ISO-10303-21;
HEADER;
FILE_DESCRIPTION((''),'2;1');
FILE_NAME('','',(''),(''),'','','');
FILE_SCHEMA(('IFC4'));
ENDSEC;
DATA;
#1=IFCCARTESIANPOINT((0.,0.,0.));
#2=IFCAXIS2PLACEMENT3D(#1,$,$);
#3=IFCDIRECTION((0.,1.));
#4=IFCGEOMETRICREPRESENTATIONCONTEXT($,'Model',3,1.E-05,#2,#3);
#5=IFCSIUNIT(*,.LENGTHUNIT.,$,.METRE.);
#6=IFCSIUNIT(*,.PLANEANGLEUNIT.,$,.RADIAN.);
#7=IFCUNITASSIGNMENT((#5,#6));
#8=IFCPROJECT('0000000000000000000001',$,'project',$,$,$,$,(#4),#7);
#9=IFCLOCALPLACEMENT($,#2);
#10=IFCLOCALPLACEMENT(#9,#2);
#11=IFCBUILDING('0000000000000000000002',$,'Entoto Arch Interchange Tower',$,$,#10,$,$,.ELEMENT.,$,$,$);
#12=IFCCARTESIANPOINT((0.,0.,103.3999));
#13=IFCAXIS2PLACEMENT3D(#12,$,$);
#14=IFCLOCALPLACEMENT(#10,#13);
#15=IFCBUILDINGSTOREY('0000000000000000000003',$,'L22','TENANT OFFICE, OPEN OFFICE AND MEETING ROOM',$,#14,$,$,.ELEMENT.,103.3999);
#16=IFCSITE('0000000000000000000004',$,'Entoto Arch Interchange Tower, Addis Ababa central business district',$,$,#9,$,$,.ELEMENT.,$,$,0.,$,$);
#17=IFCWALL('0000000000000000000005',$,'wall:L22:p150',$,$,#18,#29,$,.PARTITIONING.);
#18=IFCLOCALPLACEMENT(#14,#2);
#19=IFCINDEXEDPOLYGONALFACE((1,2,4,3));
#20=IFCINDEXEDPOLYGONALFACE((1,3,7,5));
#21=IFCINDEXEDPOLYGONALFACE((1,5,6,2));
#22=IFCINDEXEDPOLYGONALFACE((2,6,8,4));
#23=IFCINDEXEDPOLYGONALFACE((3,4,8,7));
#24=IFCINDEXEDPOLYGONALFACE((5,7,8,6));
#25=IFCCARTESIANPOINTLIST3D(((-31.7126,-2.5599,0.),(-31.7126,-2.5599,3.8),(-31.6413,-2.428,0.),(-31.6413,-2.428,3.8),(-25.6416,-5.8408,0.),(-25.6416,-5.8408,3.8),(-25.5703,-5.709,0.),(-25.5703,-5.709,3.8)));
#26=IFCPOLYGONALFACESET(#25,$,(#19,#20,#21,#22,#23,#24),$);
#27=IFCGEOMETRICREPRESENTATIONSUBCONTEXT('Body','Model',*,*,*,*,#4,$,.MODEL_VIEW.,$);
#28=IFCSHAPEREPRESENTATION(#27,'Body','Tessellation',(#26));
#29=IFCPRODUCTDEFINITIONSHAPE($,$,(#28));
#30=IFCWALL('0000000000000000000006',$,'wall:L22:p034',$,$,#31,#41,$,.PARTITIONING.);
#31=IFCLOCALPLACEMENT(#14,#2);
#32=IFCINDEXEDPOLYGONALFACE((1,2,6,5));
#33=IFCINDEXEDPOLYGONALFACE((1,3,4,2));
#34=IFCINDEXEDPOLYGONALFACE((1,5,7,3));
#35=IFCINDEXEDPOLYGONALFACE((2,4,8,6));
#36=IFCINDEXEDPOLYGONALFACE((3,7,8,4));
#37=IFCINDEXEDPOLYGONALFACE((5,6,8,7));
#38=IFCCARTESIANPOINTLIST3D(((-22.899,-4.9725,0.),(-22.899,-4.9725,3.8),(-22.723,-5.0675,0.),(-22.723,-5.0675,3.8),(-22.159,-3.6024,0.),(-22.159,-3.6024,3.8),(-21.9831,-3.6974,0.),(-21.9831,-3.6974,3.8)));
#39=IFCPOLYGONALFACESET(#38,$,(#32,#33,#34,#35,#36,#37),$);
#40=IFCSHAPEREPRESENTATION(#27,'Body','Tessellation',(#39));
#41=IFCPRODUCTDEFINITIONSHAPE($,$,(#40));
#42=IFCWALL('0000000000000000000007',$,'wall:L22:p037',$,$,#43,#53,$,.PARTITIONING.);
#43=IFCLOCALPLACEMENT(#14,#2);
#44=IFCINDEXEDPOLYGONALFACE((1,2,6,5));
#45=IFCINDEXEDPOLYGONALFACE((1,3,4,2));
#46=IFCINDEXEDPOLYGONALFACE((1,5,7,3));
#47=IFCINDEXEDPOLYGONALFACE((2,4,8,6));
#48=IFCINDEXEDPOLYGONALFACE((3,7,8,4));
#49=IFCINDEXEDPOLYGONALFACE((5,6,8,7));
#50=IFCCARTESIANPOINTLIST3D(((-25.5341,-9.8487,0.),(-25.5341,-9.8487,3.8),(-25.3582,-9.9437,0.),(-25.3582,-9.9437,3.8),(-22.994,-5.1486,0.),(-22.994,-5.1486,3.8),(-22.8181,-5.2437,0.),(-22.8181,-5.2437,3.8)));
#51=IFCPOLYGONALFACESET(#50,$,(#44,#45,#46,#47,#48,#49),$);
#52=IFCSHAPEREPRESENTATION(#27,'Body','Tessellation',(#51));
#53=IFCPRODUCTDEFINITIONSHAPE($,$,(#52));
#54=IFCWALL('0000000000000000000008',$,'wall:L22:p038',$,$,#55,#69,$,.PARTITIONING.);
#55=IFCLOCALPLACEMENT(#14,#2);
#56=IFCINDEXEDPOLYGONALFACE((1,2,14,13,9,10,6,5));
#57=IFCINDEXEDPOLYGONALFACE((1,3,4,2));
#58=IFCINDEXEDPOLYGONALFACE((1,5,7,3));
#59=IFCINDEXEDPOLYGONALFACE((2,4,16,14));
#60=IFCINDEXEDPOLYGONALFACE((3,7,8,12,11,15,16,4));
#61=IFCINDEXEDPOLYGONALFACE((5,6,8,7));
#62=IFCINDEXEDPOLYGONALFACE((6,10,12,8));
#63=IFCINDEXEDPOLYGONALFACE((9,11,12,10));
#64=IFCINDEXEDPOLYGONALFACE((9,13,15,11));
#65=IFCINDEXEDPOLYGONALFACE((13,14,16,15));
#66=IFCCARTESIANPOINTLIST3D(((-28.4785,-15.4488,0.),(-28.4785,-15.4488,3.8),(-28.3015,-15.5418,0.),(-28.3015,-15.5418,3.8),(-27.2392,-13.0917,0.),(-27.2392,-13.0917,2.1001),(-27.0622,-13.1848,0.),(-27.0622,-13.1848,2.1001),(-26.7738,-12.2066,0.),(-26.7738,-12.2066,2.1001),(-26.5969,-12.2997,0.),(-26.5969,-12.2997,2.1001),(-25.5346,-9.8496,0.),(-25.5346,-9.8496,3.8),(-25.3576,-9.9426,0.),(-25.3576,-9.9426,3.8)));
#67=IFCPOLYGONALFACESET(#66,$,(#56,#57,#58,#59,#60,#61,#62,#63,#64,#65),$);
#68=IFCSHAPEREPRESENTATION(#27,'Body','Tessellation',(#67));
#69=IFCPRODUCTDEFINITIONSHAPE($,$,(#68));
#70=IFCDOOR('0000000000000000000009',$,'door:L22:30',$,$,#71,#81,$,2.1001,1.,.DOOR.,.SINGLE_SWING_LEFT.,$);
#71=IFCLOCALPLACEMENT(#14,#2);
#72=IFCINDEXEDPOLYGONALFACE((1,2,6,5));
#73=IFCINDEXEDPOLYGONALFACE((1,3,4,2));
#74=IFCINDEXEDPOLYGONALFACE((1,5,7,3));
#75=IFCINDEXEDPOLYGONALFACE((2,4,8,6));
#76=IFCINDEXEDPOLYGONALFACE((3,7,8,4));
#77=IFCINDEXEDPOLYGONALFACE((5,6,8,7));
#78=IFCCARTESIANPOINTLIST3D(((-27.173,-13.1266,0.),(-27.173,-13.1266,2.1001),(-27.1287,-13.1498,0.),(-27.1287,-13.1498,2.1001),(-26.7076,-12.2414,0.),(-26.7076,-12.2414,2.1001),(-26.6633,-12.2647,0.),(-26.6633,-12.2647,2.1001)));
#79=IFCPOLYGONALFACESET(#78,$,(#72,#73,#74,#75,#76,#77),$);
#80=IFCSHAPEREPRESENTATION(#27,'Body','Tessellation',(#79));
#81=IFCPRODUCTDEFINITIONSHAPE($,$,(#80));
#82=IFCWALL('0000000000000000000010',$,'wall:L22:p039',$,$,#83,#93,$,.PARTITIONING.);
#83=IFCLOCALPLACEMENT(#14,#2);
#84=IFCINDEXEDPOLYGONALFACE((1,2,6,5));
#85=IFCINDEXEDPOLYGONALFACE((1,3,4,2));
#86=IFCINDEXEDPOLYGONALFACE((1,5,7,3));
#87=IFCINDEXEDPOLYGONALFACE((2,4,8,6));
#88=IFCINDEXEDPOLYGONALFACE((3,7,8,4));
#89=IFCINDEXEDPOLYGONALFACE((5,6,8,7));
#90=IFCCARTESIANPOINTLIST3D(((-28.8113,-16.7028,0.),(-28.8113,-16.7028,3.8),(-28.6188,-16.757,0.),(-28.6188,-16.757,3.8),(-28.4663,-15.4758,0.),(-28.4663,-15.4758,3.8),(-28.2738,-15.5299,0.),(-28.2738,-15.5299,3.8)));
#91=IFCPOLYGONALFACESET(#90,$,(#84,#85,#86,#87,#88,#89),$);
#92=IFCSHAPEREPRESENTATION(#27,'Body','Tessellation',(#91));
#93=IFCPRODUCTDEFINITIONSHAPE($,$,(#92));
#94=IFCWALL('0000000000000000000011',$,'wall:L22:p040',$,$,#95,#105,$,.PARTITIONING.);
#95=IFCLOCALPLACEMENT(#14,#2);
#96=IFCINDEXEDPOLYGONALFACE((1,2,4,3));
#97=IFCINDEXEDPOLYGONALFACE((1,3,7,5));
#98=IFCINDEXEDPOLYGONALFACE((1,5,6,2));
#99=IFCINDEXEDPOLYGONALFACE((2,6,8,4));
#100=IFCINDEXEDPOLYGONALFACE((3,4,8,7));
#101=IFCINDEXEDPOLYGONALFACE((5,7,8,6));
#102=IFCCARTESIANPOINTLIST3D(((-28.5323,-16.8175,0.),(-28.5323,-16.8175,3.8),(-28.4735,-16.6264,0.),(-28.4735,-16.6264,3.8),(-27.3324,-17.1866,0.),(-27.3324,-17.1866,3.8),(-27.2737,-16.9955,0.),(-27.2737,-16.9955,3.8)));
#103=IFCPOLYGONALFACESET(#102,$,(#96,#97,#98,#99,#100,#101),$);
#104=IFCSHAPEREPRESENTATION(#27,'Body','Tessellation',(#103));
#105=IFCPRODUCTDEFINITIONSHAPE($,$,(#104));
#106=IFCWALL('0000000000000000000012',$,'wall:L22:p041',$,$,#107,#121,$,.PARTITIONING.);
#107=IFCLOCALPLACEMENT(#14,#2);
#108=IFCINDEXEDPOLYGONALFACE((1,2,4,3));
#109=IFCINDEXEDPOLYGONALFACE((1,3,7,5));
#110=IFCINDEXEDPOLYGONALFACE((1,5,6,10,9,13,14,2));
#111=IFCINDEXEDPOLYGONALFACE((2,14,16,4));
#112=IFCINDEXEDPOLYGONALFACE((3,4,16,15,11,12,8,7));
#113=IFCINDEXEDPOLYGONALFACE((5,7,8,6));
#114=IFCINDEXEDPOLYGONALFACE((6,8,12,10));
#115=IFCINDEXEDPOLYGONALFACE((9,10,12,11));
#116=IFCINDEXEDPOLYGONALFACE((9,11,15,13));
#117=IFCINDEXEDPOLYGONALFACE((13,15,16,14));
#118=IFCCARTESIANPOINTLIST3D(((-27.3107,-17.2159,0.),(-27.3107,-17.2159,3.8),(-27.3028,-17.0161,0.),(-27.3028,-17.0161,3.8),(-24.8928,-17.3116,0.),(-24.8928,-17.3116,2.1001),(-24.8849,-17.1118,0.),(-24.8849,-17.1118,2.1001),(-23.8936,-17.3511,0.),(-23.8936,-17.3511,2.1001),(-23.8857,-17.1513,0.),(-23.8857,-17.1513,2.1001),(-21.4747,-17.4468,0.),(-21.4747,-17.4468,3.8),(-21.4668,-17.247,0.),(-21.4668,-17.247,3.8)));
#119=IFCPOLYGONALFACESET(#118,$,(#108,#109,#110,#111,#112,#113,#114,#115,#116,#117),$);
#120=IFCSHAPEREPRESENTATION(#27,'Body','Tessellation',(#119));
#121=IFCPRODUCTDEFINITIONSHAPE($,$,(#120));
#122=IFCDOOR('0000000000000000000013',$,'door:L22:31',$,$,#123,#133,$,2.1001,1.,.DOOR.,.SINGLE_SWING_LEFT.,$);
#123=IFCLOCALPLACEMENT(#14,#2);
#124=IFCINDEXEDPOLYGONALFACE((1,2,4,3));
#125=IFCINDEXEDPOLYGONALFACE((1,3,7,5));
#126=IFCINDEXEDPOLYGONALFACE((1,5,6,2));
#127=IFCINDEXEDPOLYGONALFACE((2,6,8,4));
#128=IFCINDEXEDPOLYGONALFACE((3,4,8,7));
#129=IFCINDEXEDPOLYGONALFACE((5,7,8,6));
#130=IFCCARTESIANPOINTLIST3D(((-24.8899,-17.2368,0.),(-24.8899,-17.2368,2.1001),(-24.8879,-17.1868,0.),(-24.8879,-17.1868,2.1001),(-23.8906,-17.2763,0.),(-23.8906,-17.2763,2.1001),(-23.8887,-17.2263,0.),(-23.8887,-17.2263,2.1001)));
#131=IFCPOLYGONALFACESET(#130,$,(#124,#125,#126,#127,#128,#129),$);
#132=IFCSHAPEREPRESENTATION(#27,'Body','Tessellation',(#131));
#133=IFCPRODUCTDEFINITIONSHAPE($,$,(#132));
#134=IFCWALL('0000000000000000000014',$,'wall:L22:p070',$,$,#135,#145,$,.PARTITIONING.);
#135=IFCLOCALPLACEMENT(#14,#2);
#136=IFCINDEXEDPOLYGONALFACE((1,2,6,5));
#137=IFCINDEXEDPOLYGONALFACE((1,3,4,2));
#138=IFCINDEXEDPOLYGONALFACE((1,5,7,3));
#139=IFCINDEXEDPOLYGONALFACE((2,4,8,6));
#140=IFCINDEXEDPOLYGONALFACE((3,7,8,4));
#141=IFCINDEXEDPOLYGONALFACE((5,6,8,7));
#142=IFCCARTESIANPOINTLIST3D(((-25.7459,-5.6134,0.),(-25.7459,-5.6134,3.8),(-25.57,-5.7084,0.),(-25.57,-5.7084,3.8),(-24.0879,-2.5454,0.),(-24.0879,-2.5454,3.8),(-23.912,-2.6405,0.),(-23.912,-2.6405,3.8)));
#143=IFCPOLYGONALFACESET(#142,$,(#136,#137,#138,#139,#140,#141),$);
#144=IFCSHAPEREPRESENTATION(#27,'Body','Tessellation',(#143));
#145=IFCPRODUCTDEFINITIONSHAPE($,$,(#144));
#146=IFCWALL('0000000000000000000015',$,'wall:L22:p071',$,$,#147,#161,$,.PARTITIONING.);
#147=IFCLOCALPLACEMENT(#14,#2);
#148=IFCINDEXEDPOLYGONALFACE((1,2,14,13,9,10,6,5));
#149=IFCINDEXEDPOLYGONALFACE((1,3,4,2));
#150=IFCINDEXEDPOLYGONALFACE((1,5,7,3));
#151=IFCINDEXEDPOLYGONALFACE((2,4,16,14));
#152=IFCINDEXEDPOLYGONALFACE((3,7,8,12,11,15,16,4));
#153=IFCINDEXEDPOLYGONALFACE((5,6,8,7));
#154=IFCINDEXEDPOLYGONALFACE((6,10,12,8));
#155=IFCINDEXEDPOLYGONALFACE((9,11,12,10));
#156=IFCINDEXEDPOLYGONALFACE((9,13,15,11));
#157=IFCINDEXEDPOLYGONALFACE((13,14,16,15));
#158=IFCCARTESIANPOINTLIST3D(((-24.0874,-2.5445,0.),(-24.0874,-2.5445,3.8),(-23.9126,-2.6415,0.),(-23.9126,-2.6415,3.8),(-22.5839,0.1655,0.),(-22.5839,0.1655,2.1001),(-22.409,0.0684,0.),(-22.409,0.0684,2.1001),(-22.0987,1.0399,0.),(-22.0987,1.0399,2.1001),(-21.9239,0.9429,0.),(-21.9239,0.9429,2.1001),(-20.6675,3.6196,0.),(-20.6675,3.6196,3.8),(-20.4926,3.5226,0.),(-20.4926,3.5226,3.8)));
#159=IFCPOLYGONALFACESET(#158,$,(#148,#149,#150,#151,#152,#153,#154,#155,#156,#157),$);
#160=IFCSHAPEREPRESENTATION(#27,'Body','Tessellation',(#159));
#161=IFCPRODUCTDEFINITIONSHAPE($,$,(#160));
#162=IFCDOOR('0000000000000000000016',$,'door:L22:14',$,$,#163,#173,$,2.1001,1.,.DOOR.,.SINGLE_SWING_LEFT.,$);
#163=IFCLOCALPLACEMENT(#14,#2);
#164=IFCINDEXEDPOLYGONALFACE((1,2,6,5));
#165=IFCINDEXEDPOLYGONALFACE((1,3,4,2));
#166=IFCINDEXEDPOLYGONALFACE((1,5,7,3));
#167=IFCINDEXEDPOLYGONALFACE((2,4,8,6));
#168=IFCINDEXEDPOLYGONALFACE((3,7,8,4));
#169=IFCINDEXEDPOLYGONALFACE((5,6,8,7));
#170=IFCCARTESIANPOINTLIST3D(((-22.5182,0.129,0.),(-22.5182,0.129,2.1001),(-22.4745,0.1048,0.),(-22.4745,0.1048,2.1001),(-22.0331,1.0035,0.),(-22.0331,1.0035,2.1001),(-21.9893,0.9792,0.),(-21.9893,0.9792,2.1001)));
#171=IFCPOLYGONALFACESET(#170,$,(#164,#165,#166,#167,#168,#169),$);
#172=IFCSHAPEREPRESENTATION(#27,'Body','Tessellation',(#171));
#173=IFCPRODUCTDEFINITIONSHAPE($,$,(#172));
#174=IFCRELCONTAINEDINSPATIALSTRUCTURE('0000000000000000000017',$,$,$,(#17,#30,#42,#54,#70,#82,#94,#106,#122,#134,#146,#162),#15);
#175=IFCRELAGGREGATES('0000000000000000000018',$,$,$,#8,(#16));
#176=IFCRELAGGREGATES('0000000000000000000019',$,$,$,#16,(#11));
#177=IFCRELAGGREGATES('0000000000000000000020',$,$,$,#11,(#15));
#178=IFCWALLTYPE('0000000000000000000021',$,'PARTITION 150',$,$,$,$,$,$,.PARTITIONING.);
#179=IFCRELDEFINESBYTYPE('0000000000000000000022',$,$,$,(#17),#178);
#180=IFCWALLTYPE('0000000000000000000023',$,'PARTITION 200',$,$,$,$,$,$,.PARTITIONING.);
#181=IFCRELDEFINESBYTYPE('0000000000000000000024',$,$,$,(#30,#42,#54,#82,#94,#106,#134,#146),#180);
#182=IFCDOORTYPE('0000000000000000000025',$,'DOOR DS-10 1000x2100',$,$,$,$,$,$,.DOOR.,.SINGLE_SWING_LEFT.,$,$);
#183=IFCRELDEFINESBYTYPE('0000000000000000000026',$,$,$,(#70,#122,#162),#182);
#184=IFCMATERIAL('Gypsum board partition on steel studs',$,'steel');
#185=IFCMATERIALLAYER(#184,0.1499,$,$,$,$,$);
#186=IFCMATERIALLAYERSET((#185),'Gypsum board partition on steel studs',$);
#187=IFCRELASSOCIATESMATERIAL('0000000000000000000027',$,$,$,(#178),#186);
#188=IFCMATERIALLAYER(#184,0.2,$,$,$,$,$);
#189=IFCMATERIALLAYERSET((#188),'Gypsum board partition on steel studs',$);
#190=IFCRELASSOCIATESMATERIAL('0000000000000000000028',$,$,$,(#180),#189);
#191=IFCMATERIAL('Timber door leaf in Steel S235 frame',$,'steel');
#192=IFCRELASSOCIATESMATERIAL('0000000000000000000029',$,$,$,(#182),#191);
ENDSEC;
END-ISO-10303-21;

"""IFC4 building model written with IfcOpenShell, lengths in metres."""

from ifc_helpers import new_model, si_unit, direction, frame, frame_2d, origin, place, context, subcontext, project, spatial, rectangle, extrude, material, layer, layer_set, type_object, element, fill, save


model = new_model("IFC4")

# Units and contexts
model_context = context("Model", 3, precision=1e-05, world=origin(), true_north=direction((0.0, 1.0)))
body_context = subcontext(model_context, "Body", "Model", "MODEL_VIEW")
ifc_project = project(units=[si_unit("LENGTHUNIT", "METRE"), si_unit("PLANEANGLEUNIT", "RADIAN")], contexts=[model_context])

# Site, building, storey
site_placement = place(None, origin())
site = spatial("IfcSite", under=ifc_project, at=site_placement, Name="Entoto Arch Interchange Tower, Addis Ababa central business district", CompositionType="ELEMENT", RefElevation=0.0)
building_placement = place(site_placement, origin())
building = spatial("IfcBuilding", under=site, at=building_placement, Name="Entoto Arch Interchange Tower", CompositionType="ELEMENT")
storey_placement = place(building_placement, frame((0.0, 0.0, 103.3999)))
storey = spatial("IfcBuildingStorey", under=building, at=storey_placement, Name="L22", Description="TENANT OFFICE, OPEN OFFICE AND MEETING ROOM", CompositionType="ELEMENT", Elevation=103.3999)

# Walls
ifc_material_1 = material(Name="Gypsum board partition on steel studs", Category="steel")
ifc_layer_1 = layer(ifc_material_1, 0.1499)
ifc_layer_set_1 = layer_set([ifc_layer_1], Name="Gypsum board partition on steel studs")
wall_type_1 = type_object("IfcWallType", Name="PARTITION 150", PredefinedType="PARTITIONING", material=ifc_layer_set_1)
wall_1_placement = place(storey_placement, frame((-25.606, -5.7749, 0.0), z_axis=(0.0, 0.0, 1.0), x_axis=(-0.879745, 0.475445, 0.0)))
element("IfcWall", 1, at=wall_1_placement, inside=storey, type_object=wall_type_1, Name="wall:L22:p150", PredefinedType="PARTITIONING", context=body_context, shape_type="SweptSolid", body=[
    extrude(rectangle(XDim=6.9009, YDim=0.1499, at=frame_2d((3.4504, 0.0))), origin(), (0.0, 0.0, 1.0), 3.8),
])
ifc_layer_2 = layer(ifc_material_1, 0.2)
ifc_layer_set_2 = layer_set([ifc_layer_2], Name="Gypsum board partition on steel studs")
wall_type_2 = type_object("IfcWallType", Name="PARTITION 200", PredefinedType="PARTITIONING", material=ifc_layer_set_2)
wall_2_placement = place(storey_placement, frame((-22.071, -3.6499, 0.0), z_axis=(0.0, 0.0, 1.0), x_axis=(-0.475212, -0.879871, 0.0)))
element("IfcWall", 2, at=wall_2_placement, inside=storey, type_object=wall_type_2, Name="wall:L22:p034", PredefinedType="PARTITIONING", context=body_context, shape_type="SweptSolid", body=[
    extrude(rectangle(XDim=1.5571, YDim=0.2, at=frame_2d((0.7786, 0.0))), origin(), (0.0, 0.0, 1.0), 3.8),
])
wall_3_placement = place(storey_placement, frame((-22.906, -5.196, 0.0), z_axis=(0.0, 0.0, 1.0), x_axis=(-0.475448, -0.879744, 0.0)))
element("IfcWall", 3, at=wall_3_placement, inside=storey, type_object=wall_type_2, Name="wall:L22:p037", PredefinedType="PARTITIONING", context=body_context, shape_type="SweptSolid", body=[
    extrude(rectangle(XDim=5.3425, YDim=0.2, at=frame_2d((2.6714, 0.0))), origin(), (0.0, 0.0, 1.0), 3.8),
])

# Wall, opening, door
wall_4_placement = place(storey_placement, frame((-25.446, -9.896, 0.0), z_axis=(0.0, 0.0, 1.0), x_axis=(-0.465368, -0.885117, 0.0)))
wall_4 = element("IfcWall", 4, at=wall_4_placement, inside=storey, type_object=wall_type_2, Name="wall:L22:p038", PredefinedType="PARTITIONING", context=body_context, shape_type="SweptSolid", body=[
    extrude(rectangle(XDim=6.3259, YDim=0.2, at=frame_2d((3.1631, 0.0))), origin(), (0.0, 0.0, 1.0), 3.8),
])
opening_1_placement = place(wall_4_placement, frame((2.6631, 0.0, 0.0)))
opening_1 = element("IfcOpeningElement", 5, at=opening_1_placement, cuts=wall_4, PredefinedType="OPENING", context=body_context, shape_type="SweptSolid", body=[
    extrude(rectangle(XDim=1.0, YDim=2.1001, at=frame_2d((0.5, 1.05))), frame((0.0, 0.1099, 0.0), z_axis=(0.0, -1.0, 0.0), x_axis=(1.0, 0.0, 0.0)), (0.0, 0.0, 1.0), 0.22),
])
ifc_material_2 = material(Name="Timber door leaf in Steel S235 frame", Category="steel")
door_type = type_object("IfcDoorType", Name="DOOR DS-10 1000x2100", OperationType="SINGLE_SWING_LEFT", PredefinedType="DOOR", material=ifc_material_2)
door_1_placement = place(opening_1_placement, origin())
door_1 = element("IfcDoor", 6, at=door_1_placement, inside=storey, type_object=door_type, Name="door:L22:30", OperationType="SINGLE_SWING_LEFT", OverallHeight=2.1001, OverallWidth=1.0, PredefinedType="DOOR", context=body_context, shape_type="SweptSolid", body=[
    extrude(rectangle(XDim=1.0, YDim=2.1001, at=frame_2d((0.5, 1.05))), frame((0.0, 0.0249, 0.0), z_axis=(0.0, -1.0, 0.0), x_axis=(1.0, 0.0, 0.0)), (0.0, 0.0, 1.0), 0.05),
])
fill(opening_1, door_1)

# Walls
wall_5_placement = place(storey_placement, frame((-28.3701, -15.5029, 0.0), z_axis=(0.0, 0.0, 1.0), x_axis=(-0.270646, -0.962679, 0.0)))
element("IfcWall", 7, at=wall_5_placement, inside=storey, type_object=wall_type_2, Name="wall:L22:p039", PredefinedType="PARTITIONING", context=body_context, shape_type="SweptSolid", body=[
    extrude(rectangle(XDim=1.2747, YDim=0.2, at=frame_2d((0.6372, 0.0))), origin(), (0.0, 0.0, 1.0), 3.8),
])
wall_6_placement = place(storey_placement, frame((-28.5029, -16.7219, 0.0), z_axis=(0.0, 0.0, 1.0), x_axis=(0.955796, -0.294031, 0.0)))
element("IfcWall", 8, at=wall_6_placement, inside=storey, type_object=wall_type_2, Name="wall:L22:p040", PredefinedType="PARTITIONING", context=body_context, shape_type="SweptSolid", body=[
    extrude(rectangle(XDim=1.2554, YDim=0.2, at=frame_2d((0.6277, 0.0))), origin(), (0.0, 0.0, 1.0), 3.8),
])

# Wall, opening, door
wall_7_placement = place(storey_placement, frame((-27.3069, -17.116, 0.0), z_axis=(0.0, 0.0, 1.0), x_axis=(0.999218, -0.039544, 0.0)))
wall_7 = element("IfcWall", 9, at=wall_7_placement, inside=storey, type_object=wall_type_2, Name="wall:L22:p041", PredefinedType="PARTITIONING", context=body_context, shape_type="SweptSolid", body=[
    extrude(rectangle(XDim=5.8406, YDim=0.2, at=frame_2d((2.9204, 0.0))), origin(), (0.0, 0.0, 1.0), 3.8),
])
opening_2_placement = place(wall_7_placement, frame((2.4199, 0.0, 0.0)))
opening_2 = element("IfcOpeningElement", 10, at=opening_2_placement, cuts=wall_7, PredefinedType="OPENING", context=body_context, shape_type="SweptSolid", body=[
    extrude(rectangle(XDim=1.0, YDim=2.1001, at=frame_2d((0.5, 1.05))), frame((0.0, 0.1099, 0.0), z_axis=(0.0, -1.0, 0.0), x_axis=(1.0, 0.0, 0.0)), (0.0, 0.0, 1.0), 0.22),
])
door_2_placement = place(opening_2_placement, origin())
door_2 = element("IfcDoor", 11, at=door_2_placement, inside=storey, type_object=door_type, Name="door:L22:31", OperationType="SINGLE_SWING_LEFT", OverallHeight=2.1001, OverallWidth=1.0, PredefinedType="DOOR", context=body_context, shape_type="SweptSolid", body=[
    extrude(rectangle(XDim=1.0, YDim=2.1001, at=frame_2d((0.5, 1.05))), frame((0.0, 0.0249, 0.0), z_axis=(0.0, -1.0, 0.0), x_axis=(1.0, 0.0, 0.0)), (0.0, 0.0, 1.0), 0.05),
])
fill(opening_2, door_2)

# Wall
wall_8_placement = place(storey_placement, frame((-25.658, -5.6609, 0.0), z_axis=(0.0, 0.0, 1.0), x_axis=(0.475439, 0.879748, 0.0)))
element("IfcWall", 12, at=wall_8_placement, inside=storey, type_object=wall_type_2, Name="wall:L22:p070", PredefinedType="PARTITIONING", context=body_context, shape_type="SweptSolid", body=[
    extrude(rectangle(XDim=3.4873, YDim=0.2, at=frame_2d((1.7437, 0.0))), origin(), (0.0, 0.0, 1.0), 3.8),
])

# Wall, opening, door
wall_9_placement = place(storey_placement, frame((-24.0, -2.593, 0.0), z_axis=(0.0, 0.0, 1.0), x_axis=(0.485149, 0.874432, 0.0)))
wall_9 = element("IfcWall", 13, at=wall_9_placement, inside=storey, type_object=wall_type_2, Name="wall:L22:p071", PredefinedType="PARTITIONING", context=body_context, shape_type="SweptSolid", body=[
    extrude(rectangle(XDim=7.0493, YDim=0.2, at=frame_2d((3.5247, 0.0))), origin(), (0.0, 0.0, 1.0), 3.8),
])
opening_3_placement = place(wall_9_placement, frame((3.0991, 0.0, 0.0)))
opening_3 = element("IfcOpeningElement", 14, at=opening_3_placement, cuts=wall_9, PredefinedType="OPENING", context=body_context, shape_type="SweptSolid", body=[
    extrude(rectangle(XDim=1.0, YDim=2.1001, at=frame_2d((0.5, 1.05))), frame((0.0, 0.1099, 0.0), z_axis=(0.0, -1.0, 0.0), x_axis=(1.0, 0.0, 0.0)), (0.0, 0.0, 1.0), 0.22),
])
door_3_placement = place(opening_3_placement, origin())
door_3 = element("IfcDoor", 15, at=door_3_placement, inside=storey, type_object=door_type, Name="door:L22:14", OperationType="SINGLE_SWING_LEFT", OverallHeight=2.1001, OverallWidth=1.0, PredefinedType="DOOR", context=body_context, shape_type="SweptSolid", body=[
    extrude(rectangle(XDim=1.0, YDim=2.1001, at=frame_2d((0.5, 1.05))), frame((0.0, 0.0249, 0.0), z_axis=(0.0, -1.0, 0.0), x_axis=(1.0, 0.0, 0.0)), (0.0, 0.0, 1.0), 0.05),
])
fill(opening_3, door_3)

save(model, "model.ifc")
